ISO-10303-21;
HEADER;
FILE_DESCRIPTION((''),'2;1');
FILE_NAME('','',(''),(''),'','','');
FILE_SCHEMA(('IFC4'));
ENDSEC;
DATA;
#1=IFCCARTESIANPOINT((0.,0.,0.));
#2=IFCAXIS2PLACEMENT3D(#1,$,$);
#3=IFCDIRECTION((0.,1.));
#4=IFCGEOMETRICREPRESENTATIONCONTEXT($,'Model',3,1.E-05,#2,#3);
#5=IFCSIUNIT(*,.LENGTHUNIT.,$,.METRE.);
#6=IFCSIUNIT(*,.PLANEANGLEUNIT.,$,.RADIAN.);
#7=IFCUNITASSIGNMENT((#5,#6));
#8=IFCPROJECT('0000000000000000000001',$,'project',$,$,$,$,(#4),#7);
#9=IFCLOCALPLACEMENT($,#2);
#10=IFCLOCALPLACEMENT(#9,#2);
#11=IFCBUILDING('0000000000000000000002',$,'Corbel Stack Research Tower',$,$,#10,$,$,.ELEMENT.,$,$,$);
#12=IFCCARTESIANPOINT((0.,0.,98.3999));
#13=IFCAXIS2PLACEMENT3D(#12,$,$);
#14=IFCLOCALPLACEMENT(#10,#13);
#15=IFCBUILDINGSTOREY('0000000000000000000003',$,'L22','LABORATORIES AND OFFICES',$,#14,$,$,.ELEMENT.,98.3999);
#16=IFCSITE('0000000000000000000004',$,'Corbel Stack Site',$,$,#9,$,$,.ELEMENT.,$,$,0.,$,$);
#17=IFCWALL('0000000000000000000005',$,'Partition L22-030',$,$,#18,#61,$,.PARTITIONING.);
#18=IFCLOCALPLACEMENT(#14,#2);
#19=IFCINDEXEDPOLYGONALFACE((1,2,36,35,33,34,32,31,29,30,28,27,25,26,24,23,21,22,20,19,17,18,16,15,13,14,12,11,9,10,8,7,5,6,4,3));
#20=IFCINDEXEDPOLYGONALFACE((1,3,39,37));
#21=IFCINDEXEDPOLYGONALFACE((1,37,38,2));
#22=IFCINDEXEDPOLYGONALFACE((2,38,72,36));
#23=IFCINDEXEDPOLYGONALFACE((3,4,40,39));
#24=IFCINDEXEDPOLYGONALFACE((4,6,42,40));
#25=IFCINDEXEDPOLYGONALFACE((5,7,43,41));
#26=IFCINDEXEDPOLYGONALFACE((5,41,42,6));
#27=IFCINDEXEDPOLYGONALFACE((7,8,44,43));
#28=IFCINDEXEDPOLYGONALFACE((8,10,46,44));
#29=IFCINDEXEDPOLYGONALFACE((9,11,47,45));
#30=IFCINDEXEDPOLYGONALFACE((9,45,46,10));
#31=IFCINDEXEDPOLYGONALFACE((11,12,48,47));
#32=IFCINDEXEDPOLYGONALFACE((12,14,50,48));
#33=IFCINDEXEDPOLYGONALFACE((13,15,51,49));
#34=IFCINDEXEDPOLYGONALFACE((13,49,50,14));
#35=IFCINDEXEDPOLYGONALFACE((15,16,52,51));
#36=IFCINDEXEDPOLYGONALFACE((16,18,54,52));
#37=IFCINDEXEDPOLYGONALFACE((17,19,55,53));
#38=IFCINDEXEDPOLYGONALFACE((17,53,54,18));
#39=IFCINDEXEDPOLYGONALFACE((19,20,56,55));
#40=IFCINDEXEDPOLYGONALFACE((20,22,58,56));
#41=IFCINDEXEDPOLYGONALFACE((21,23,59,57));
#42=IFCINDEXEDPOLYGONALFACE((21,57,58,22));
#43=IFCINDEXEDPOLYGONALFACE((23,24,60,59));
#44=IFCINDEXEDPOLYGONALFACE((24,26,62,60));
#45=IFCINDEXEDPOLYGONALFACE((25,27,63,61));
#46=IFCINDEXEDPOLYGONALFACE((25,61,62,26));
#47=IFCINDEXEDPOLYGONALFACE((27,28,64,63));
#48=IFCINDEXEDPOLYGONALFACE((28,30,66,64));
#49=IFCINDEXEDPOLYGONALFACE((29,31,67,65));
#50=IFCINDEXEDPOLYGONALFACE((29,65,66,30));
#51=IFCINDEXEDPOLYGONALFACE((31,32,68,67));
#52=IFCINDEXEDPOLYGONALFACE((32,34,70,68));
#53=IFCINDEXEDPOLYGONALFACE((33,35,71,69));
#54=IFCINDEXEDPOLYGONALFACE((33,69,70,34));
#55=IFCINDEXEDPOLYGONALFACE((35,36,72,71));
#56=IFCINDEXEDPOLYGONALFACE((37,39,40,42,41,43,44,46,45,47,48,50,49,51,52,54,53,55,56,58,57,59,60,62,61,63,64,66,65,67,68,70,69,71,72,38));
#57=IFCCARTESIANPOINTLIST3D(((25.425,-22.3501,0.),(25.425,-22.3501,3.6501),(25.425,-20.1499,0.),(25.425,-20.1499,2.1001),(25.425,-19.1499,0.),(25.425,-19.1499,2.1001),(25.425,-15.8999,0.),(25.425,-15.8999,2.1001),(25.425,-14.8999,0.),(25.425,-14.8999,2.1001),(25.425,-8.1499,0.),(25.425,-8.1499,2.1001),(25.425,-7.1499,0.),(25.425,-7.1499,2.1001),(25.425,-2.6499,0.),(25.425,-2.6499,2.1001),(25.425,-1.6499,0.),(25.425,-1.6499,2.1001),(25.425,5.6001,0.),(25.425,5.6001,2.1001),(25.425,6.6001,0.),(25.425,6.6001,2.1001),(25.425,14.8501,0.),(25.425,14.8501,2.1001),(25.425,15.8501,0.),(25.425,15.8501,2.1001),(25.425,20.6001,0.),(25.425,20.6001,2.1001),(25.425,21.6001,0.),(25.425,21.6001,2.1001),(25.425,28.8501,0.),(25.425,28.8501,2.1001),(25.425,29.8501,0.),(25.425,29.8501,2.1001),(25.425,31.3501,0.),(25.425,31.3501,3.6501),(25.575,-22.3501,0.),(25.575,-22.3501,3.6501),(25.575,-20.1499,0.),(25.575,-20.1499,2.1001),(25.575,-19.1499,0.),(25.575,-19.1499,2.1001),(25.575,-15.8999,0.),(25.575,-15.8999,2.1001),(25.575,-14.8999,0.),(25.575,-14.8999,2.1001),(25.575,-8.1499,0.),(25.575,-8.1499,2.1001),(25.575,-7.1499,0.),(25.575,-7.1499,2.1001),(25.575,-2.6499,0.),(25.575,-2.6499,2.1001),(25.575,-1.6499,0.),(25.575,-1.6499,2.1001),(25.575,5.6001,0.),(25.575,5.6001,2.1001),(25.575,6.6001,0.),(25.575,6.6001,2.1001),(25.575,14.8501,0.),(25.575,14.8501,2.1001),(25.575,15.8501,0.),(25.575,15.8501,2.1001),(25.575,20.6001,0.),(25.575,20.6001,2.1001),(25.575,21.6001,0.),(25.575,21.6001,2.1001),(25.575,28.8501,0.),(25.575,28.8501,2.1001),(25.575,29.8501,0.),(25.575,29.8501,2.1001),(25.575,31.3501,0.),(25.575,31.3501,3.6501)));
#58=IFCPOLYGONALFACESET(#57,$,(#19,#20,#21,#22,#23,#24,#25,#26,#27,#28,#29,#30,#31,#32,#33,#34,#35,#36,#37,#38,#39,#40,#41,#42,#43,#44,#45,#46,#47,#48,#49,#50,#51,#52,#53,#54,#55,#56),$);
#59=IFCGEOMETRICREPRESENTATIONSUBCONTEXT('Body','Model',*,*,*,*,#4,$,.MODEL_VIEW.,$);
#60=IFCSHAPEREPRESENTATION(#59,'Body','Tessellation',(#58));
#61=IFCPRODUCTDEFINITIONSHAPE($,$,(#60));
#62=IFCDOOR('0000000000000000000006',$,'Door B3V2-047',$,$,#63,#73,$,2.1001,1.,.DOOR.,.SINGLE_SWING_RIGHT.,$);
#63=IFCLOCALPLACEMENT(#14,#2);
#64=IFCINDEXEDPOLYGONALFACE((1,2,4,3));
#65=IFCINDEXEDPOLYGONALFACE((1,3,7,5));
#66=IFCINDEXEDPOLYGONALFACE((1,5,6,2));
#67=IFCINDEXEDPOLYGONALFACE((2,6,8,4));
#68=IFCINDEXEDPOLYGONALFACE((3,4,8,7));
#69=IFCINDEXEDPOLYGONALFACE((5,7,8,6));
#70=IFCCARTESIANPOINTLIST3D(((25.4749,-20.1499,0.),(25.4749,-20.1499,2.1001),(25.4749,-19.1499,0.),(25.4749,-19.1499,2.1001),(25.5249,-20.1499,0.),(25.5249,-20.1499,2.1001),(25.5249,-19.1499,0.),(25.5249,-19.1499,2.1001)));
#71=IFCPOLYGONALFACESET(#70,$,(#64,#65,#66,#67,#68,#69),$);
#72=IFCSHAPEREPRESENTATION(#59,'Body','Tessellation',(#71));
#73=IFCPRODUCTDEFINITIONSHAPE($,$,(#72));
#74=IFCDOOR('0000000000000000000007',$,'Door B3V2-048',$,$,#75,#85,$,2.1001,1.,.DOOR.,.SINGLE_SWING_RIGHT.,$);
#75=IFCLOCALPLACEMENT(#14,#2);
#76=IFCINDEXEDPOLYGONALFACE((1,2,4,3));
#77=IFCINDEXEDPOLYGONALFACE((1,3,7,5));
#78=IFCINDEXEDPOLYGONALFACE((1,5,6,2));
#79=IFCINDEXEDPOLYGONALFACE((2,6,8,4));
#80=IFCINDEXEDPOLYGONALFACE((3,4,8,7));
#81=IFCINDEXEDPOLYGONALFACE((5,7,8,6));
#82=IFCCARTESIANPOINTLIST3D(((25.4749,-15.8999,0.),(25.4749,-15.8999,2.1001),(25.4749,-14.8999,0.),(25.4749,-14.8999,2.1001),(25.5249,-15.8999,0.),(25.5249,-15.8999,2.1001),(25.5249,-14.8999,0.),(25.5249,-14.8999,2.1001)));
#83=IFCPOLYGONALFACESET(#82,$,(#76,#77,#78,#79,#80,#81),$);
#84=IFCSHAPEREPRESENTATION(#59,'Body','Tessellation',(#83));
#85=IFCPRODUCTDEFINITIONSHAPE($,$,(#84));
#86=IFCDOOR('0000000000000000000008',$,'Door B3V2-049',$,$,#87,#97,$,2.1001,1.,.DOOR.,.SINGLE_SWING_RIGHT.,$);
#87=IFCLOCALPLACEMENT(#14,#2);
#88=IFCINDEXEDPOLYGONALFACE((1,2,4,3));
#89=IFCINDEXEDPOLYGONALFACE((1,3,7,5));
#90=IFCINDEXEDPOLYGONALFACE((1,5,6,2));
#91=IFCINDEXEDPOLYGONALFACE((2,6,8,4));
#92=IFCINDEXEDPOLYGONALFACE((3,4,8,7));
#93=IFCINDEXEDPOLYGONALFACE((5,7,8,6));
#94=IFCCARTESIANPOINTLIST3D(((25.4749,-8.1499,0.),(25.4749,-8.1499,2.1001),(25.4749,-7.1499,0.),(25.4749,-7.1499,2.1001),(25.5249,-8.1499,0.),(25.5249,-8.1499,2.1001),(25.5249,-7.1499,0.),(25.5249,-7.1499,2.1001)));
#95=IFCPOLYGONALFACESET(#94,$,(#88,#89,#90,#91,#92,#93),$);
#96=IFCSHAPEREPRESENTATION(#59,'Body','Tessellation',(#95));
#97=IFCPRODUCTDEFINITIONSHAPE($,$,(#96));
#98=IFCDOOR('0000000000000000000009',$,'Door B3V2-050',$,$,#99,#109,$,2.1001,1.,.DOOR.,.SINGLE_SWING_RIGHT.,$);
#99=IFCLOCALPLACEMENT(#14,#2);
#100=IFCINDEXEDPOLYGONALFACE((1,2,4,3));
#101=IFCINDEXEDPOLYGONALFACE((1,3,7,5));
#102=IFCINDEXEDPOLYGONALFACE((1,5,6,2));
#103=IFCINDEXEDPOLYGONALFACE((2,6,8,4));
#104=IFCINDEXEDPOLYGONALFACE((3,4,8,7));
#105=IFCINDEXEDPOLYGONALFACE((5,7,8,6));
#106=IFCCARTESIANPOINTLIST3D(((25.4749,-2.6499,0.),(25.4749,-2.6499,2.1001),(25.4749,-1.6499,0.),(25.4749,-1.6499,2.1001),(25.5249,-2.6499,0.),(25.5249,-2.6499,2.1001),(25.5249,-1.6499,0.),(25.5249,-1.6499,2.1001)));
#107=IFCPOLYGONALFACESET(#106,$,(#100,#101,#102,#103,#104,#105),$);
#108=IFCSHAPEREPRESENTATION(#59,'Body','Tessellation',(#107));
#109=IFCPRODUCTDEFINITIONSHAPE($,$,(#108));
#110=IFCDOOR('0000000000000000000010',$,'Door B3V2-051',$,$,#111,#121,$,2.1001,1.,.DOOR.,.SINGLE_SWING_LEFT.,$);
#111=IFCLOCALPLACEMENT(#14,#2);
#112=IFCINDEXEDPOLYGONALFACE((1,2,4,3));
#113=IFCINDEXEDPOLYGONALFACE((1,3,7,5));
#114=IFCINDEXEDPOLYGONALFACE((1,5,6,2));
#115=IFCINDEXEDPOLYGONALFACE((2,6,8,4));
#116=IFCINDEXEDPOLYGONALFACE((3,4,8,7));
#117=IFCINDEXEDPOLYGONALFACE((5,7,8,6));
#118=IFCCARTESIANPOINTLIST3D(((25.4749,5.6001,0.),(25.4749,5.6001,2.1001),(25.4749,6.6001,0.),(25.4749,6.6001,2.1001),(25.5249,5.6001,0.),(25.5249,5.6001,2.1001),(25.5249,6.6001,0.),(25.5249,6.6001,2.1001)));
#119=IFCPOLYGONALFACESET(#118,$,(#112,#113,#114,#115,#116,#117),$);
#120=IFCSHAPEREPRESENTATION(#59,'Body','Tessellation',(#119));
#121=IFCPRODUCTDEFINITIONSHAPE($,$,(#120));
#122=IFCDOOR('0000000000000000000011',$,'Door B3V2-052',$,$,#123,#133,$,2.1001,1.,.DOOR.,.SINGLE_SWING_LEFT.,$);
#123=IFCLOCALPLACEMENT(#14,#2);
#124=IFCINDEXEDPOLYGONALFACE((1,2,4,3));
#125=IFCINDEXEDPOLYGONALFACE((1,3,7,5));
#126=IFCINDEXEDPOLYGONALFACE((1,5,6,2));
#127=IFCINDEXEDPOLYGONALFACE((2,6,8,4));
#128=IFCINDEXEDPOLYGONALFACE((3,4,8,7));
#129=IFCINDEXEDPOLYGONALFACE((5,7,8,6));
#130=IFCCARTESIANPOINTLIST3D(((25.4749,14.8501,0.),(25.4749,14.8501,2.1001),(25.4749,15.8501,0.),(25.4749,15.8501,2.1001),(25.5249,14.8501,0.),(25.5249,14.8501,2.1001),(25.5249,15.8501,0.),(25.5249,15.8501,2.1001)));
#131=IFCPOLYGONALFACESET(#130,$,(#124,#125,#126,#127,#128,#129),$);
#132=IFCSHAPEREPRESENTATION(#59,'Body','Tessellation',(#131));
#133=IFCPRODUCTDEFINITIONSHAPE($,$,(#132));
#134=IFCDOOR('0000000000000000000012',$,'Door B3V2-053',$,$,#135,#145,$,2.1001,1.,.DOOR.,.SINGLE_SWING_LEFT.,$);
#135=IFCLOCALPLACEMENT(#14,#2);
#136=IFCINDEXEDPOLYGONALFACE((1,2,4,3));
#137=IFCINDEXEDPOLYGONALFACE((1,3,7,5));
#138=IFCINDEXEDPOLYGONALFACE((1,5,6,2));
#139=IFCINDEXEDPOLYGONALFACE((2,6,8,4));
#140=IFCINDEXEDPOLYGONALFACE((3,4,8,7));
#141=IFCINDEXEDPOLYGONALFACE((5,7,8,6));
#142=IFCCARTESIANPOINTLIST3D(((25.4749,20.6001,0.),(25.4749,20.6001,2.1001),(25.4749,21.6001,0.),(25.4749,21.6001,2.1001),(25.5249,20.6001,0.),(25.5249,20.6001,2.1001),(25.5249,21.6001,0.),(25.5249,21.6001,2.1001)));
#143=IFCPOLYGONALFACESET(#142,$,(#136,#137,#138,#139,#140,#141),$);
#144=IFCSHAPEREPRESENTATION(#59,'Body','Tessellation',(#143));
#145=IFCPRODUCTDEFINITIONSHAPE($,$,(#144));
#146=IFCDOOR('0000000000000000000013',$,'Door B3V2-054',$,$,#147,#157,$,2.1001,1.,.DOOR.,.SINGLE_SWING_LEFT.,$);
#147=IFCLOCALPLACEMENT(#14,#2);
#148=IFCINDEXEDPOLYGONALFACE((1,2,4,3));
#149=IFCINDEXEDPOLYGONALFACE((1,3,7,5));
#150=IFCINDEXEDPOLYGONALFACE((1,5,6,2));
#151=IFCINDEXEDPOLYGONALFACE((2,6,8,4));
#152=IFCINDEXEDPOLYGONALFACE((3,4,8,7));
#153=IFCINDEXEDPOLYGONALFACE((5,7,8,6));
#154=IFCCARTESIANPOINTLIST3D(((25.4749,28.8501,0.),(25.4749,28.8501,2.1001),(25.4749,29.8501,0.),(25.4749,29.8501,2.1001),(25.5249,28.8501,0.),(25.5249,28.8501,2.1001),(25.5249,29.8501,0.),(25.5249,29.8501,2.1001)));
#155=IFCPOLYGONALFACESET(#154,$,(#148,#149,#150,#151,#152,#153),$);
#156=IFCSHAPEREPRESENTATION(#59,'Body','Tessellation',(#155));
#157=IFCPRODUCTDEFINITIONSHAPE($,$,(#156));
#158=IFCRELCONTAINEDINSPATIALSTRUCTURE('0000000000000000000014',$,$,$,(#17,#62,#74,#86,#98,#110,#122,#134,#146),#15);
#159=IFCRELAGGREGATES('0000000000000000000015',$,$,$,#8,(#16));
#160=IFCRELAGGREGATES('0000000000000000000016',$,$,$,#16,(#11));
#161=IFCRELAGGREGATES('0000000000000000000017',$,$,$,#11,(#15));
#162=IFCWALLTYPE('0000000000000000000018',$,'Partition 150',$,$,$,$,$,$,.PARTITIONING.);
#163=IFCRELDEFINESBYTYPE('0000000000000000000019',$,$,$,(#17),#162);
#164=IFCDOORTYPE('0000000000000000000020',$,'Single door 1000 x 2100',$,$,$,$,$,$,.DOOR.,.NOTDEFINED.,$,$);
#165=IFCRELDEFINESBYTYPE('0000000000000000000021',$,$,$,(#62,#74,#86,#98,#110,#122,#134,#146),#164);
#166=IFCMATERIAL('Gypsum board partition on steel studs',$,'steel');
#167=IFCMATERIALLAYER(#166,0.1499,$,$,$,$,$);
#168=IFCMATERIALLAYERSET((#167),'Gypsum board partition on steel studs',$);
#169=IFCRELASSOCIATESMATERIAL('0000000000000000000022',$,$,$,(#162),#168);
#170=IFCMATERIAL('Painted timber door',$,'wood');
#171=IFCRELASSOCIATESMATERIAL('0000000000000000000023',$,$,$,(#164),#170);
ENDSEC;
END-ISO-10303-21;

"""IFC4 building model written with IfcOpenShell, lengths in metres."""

from ifc_helpers import new_model, si_unit, direction, frame, frame_2d, origin, place, context, subcontext, project, spatial, rectangle, extrude, material, layer, layer_set, type_object, element, fill, save


model = new_model("IFC4")

# Units and contexts
model_context = context("Model", 3, precision=1e-05, world=origin(), true_north=direction((0.0, 1.0)))
body_context = subcontext(model_context, "Body", "Model", "MODEL_VIEW")
ifc_project = project(units=[si_unit("LENGTHUNIT", "METRE"), si_unit("PLANEANGLEUNIT", "RADIAN")], contexts=[model_context])

# Site, building, storey
site_placement = place(None, origin())
site = spatial("IfcSite", under=ifc_project, at=site_placement, Name="Corbel Stack Site", CompositionType="ELEMENT", RefElevation=0.0)
building_placement = place(site_placement, origin())
building = spatial("IfcBuilding", under=site, at=building_placement, Name="Corbel Stack Research Tower", CompositionType="ELEMENT")
storey_placement = place(building_placement, frame((0.0, 0.0, 98.3999)))
storey = spatial("IfcBuildingStorey", under=building, at=storey_placement, Name="L22", Description="LABORATORIES AND OFFICES", CompositionType="ELEMENT", Elevation=98.3999)

# Wall, openings, doors
ifc_material_1 = material(Name="Gypsum board partition on steel studs", Category="steel")
ifc_layer_1 = layer(ifc_material_1, 0.1499)
ifc_layer_set_1 = layer_set([ifc_layer_1], Name="Gypsum board partition on steel studs")
wall_type_1 = type_object("IfcWallType", Name="Partition 150", PredefinedType="PARTITIONING", material=ifc_layer_set_1)
wall_1_placement = place(storey_placement, frame((25.5, 31.3501, 0.0), z_axis=(0.0, 0.0, 1.0), x_axis=(0.0, -1.0, 0.0)))
wall_1 = element("IfcWall", 1, at=wall_1_placement, inside=storey, type_object=wall_type_1, Name="Partition L22-030", PredefinedType="PARTITIONING", context=body_context, shape_type="SweptSolid", body=[
    extrude(rectangle(XDim=53.7002, YDim=0.1499, at=frame_2d((26.8501, 0.0))), origin(), (0.0, 0.0, 1.0), 3.6501),
])
opening_1_placement = place(wall_1_placement, frame((50.5, 0.0, 0.0)))
opening_1 = element("IfcOpeningElement", 2, at=opening_1_placement, cuts=wall_1, PredefinedType="OPENING", context=body_context, shape_type="SweptSolid", body=[
    extrude(rectangle(XDim=1.0, YDim=2.1001, at=frame_2d((0.5, 1.05))), frame((0.0, 0.085, 0.0), z_axis=(0.0, -1.0, 0.0), x_axis=(1.0, 0.0, 0.0)), (0.0, 0.0, 1.0), 0.1699),
])
opening_2_placement = place(wall_1_placement, frame((46.25, 0.0, 0.0)))
opening_2 = element("IfcOpeningElement", 3, at=opening_2_placement, cuts=wall_1, PredefinedType="OPENING", context=body_context, shape_type="SweptSolid", body=[
    extrude(rectangle(XDim=1.0, YDim=2.1001, at=frame_2d((0.5, 1.05))), frame((0.0, 0.085, 0.0), z_axis=(0.0, -1.0, 0.0), x_axis=(1.0, 0.0, 0.0)), (0.0, 0.0, 1.0), 0.1699),
])
opening_3_placement = place(wall_1_placement, frame((38.5, 0.0, 0.0)))
opening_3 = element("IfcOpeningElement", 4, at=opening_3_placement, cuts=wall_1, PredefinedType="OPENING", context=body_context, shape_type="SweptSolid", body=[
    extrude(rectangle(XDim=1.0, YDim=2.1001, at=frame_2d((0.5, 1.05))), frame((0.0, 0.085, 0.0), z_axis=(0.0, -1.0, 0.0), x_axis=(1.0, 0.0, 0.0)), (0.0, 0.0, 1.0), 0.1699),
])
opening_4_placement = place(wall_1_placement, frame((33.0, 0.0, 0.0)))
opening_4 = element("IfcOpeningElement", 5, at=opening_4_placement, cuts=wall_1, PredefinedType="OPENING", context=body_context, shape_type="SweptSolid", body=[
    extrude(rectangle(XDim=1.0, YDim=2.1001, at=frame_2d((0.5, 1.05))), frame((0.0, 0.085, 0.0), z_axis=(0.0, -1.0, 0.0), x_axis=(1.0, 0.0, 0.0)), (0.0, 0.0, 1.0), 0.1699),
])
opening_5_placement = place(wall_1_placement, frame((24.75, 0.0, 0.0)))
opening_5 = element("IfcOpeningElement", 6, at=opening_5_placement, cuts=wall_1, PredefinedType="OPENING", context=body_context, shape_type="SweptSolid", body=[
    extrude(rectangle(XDim=1.0, YDim=2.1001, at=frame_2d((0.5, 1.05))), frame((0.0, 0.085, 0.0), z_axis=(0.0, -1.0, 0.0), x_axis=(1.0, 0.0, 0.0)), (0.0, 0.0, 1.0), 0.1699),
])
opening_6_placement = place(wall_1_placement, frame((15.5, 0.0, 0.0)))
opening_6 = element("IfcOpeningElement", 7, at=opening_6_placement, cuts=wall_1, PredefinedType="OPENING", context=body_context, shape_type="SweptSolid", body=[
    extrude(rectangle(XDim=1.0, YDim=2.1001, at=frame_2d((0.5, 1.05))), frame((0.0, 0.085, 0.0), z_axis=(0.0, -1.0, 0.0), x_axis=(1.0, 0.0, 0.0)), (0.0, 0.0, 1.0), 0.1699),
])
opening_7_placement = place(wall_1_placement, frame((9.75, 0.0, 0.0)))
opening_7 = element("IfcOpeningElement", 8, at=opening_7_placement, cuts=wall_1, PredefinedType="OPENING", context=body_context, shape_type="SweptSolid", body=[
    extrude(rectangle(XDim=1.0, YDim=2.1001, at=frame_2d((0.5, 1.05))), frame((0.0, 0.085, 0.0), z_axis=(0.0, -1.0, 0.0), x_axis=(1.0, 0.0, 0.0)), (0.0, 0.0, 1.0), 0.1699),
])
opening_8_placement = place(wall_1_placement, frame((1.5, 0.0, 0.0)))
opening_8 = element("IfcOpeningElement", 9, at=opening_8_placement, cuts=wall_1, PredefinedType="OPENING", context=body_context, shape_type="SweptSolid", body=[
    extrude(rectangle(XDim=1.0, YDim=2.1001, at=frame_2d((0.5, 1.05))), frame((0.0, 0.085, 0.0), z_axis=(0.0, -1.0, 0.0), x_axis=(1.0, 0.0, 0.0)), (0.0, 0.0, 1.0), 0.1699),
])
ifc_material_2 = material(Name="Painted timber door", Category="wood")
door_type = type_object("IfcDoorType", Name="Single door 1000 x 2100", OperationType="NOTDEFINED", PredefinedType="DOOR", material=ifc_material_2)
door_1_placement = place(opening_1_placement, origin())
door_1 = element("IfcDoor", 10, at=door_1_placement, inside=storey, type_object=door_type, Name="Door B3V2-047", OperationType="SINGLE_SWING_RIGHT", OverallHeight=2.1001, OverallWidth=1.0, PredefinedType="DOOR", context=body_context, shape_type="SweptSolid", body=[
    extrude(rectangle(XDim=1.0, YDim=2.1001, at=frame_2d((0.5, 1.05))), frame((0.0, 0.0249, 0.0), z_axis=(0.0, -1.0, 0.0), x_axis=(1.0, 0.0, 0.0)), (0.0, 0.0, 1.0), 0.05),
])
fill(opening_1, door_1)
door_2_placement = place(opening_2_placement, origin())
door_2 = element("IfcDoor", 11, at=door_2_placement, inside=storey, type_object=door_type, Name="Door B3V2-048", OperationType="SINGLE_SWING_RIGHT", OverallHeight=2.1001, OverallWidth=1.0, PredefinedType="DOOR", context=body_context, shape_type="SweptSolid", body=[
    extrude(rectangle(XDim=1.0, YDim=2.1001, at=frame_2d((0.5, 1.05))), frame((0.0, 0.0249, 0.0), z_axis=(0.0, -1.0, 0.0), x_axis=(1.0, 0.0, 0.0)), (0.0, 0.0, 1.0), 0.05),
])
fill(opening_2, door_2)
door_3_placement = place(opening_3_placement, origin())
door_3 = element("IfcDoor", 12, at=door_3_placement, inside=storey, type_object=door_type, Name="Door B3V2-049", OperationType="SINGLE_SWING_RIGHT", OverallHeight=2.1001, OverallWidth=1.0, PredefinedType="DOOR", context=body_context, shape_type="SweptSolid", body=[
    extrude(rectangle(XDim=1.0, YDim=2.1001, at=frame_2d((0.5, 1.05))), frame((0.0, 0.0249, 0.0), z_axis=(0.0, -1.0, 0.0), x_axis=(1.0, 0.0, 0.0)), (0.0, 0.0, 1.0), 0.05),
])
fill(opening_3, door_3)
door_4_placement = place(opening_4_placement, origin())
door_4 = element("IfcDoor", 13, at=door_4_placement, inside=storey, type_object=door_type, Name="Door B3V2-050", OperationType="SINGLE_SWING_RIGHT", OverallHeight=2.1001, OverallWidth=1.0, PredefinedType="DOOR", context=body_context, shape_type="SweptSolid", body=[
    extrude(rectangle(XDim=1.0, YDim=2.1001, at=frame_2d((0.5, 1.05))), frame((0.0, 0.0249, 0.0), z_axis=(0.0, -1.0, 0.0), x_axis=(1.0, 0.0, 0.0)), (0.0, 0.0, 1.0), 0.05),
])
fill(opening_4, door_4)
door_5_placement = place(opening_5_placement, origin())
door_5 = element("IfcDoor", 14, at=door_5_placement, inside=storey, type_object=door_type, Name="Door B3V2-051", OperationType="SINGLE_SWING_LEFT", OverallHeight=2.1001, OverallWidth=1.0, PredefinedType="DOOR", context=body_context, shape_type="SweptSolid", body=[
    extrude(rectangle(XDim=1.0, YDim=2.1001, at=frame_2d((0.5, 1.05))), frame((0.0, 0.0249, 0.0), z_axis=(0.0, -1.0, 0.0), x_axis=(1.0, 0.0, 0.0)), (0.0, 0.0, 1.0), 0.05),
])
fill(opening_5, door_5)
door_6_placement = place(opening_6_placement, origin())
door_6 = element("IfcDoor", 15, at=door_6_placement, inside=storey, type_object=door_type, Name="Door B3V2-052", OperationType="SINGLE_SWING_LEFT", OverallHeight=2.1001, OverallWidth=1.0, PredefinedType="DOOR", context=body_context, shape_type="SweptSolid", body=[
    extrude(rectangle(XDim=1.0, YDim=2.1001, at=frame_2d((0.5, 1.05))), frame((0.0, 0.0249, 0.0), z_axis=(0.0, -1.0, 0.0), x_axis=(1.0, 0.0, 0.0)), (0.0, 0.0, 1.0), 0.05),
])
fill(opening_6, door_6)
door_7_placement = place(opening_7_placement, origin())
door_7 = element("IfcDoor", 16, at=door_7_placement, inside=storey, type_object=door_type, Name="Door B3V2-053", OperationType="SINGLE_SWING_LEFT", OverallHeight=2.1001, OverallWidth=1.0, PredefinedType="DOOR", context=body_context, shape_type="SweptSolid", body=[
    extrude(rectangle(XDim=1.0, YDim=2.1001, at=frame_2d((0.5, 1.05))), frame((0.0, 0.0249, 0.0), z_axis=(0.0, -1.0, 0.0), x_axis=(1.0, 0.0, 0.0)), (0.0, 0.0, 1.0), 0.05),
])
fill(opening_7, door_7)
door_8_placement = place(opening_8_placement, origin())
door_8 = element("IfcDoor", 17, at=door_8_placement, inside=storey, type_object=door_type, Name="Door B3V2-054", OperationType="SINGLE_SWING_LEFT", OverallHeight=2.1001, OverallWidth=1.0, PredefinedType="DOOR", context=body_context, shape_type="SweptSolid", body=[
    extrude(rectangle(XDim=1.0, YDim=2.1001, at=frame_2d((0.5, 1.05))), frame((0.0, 0.0249, 0.0), z_axis=(0.0, -1.0, 0.0), x_axis=(1.0, 0.0, 0.0)), (0.0, 0.0, 1.0), 0.05),
])
fill(opening_8, door_8)

save(model, "model.ifc")
